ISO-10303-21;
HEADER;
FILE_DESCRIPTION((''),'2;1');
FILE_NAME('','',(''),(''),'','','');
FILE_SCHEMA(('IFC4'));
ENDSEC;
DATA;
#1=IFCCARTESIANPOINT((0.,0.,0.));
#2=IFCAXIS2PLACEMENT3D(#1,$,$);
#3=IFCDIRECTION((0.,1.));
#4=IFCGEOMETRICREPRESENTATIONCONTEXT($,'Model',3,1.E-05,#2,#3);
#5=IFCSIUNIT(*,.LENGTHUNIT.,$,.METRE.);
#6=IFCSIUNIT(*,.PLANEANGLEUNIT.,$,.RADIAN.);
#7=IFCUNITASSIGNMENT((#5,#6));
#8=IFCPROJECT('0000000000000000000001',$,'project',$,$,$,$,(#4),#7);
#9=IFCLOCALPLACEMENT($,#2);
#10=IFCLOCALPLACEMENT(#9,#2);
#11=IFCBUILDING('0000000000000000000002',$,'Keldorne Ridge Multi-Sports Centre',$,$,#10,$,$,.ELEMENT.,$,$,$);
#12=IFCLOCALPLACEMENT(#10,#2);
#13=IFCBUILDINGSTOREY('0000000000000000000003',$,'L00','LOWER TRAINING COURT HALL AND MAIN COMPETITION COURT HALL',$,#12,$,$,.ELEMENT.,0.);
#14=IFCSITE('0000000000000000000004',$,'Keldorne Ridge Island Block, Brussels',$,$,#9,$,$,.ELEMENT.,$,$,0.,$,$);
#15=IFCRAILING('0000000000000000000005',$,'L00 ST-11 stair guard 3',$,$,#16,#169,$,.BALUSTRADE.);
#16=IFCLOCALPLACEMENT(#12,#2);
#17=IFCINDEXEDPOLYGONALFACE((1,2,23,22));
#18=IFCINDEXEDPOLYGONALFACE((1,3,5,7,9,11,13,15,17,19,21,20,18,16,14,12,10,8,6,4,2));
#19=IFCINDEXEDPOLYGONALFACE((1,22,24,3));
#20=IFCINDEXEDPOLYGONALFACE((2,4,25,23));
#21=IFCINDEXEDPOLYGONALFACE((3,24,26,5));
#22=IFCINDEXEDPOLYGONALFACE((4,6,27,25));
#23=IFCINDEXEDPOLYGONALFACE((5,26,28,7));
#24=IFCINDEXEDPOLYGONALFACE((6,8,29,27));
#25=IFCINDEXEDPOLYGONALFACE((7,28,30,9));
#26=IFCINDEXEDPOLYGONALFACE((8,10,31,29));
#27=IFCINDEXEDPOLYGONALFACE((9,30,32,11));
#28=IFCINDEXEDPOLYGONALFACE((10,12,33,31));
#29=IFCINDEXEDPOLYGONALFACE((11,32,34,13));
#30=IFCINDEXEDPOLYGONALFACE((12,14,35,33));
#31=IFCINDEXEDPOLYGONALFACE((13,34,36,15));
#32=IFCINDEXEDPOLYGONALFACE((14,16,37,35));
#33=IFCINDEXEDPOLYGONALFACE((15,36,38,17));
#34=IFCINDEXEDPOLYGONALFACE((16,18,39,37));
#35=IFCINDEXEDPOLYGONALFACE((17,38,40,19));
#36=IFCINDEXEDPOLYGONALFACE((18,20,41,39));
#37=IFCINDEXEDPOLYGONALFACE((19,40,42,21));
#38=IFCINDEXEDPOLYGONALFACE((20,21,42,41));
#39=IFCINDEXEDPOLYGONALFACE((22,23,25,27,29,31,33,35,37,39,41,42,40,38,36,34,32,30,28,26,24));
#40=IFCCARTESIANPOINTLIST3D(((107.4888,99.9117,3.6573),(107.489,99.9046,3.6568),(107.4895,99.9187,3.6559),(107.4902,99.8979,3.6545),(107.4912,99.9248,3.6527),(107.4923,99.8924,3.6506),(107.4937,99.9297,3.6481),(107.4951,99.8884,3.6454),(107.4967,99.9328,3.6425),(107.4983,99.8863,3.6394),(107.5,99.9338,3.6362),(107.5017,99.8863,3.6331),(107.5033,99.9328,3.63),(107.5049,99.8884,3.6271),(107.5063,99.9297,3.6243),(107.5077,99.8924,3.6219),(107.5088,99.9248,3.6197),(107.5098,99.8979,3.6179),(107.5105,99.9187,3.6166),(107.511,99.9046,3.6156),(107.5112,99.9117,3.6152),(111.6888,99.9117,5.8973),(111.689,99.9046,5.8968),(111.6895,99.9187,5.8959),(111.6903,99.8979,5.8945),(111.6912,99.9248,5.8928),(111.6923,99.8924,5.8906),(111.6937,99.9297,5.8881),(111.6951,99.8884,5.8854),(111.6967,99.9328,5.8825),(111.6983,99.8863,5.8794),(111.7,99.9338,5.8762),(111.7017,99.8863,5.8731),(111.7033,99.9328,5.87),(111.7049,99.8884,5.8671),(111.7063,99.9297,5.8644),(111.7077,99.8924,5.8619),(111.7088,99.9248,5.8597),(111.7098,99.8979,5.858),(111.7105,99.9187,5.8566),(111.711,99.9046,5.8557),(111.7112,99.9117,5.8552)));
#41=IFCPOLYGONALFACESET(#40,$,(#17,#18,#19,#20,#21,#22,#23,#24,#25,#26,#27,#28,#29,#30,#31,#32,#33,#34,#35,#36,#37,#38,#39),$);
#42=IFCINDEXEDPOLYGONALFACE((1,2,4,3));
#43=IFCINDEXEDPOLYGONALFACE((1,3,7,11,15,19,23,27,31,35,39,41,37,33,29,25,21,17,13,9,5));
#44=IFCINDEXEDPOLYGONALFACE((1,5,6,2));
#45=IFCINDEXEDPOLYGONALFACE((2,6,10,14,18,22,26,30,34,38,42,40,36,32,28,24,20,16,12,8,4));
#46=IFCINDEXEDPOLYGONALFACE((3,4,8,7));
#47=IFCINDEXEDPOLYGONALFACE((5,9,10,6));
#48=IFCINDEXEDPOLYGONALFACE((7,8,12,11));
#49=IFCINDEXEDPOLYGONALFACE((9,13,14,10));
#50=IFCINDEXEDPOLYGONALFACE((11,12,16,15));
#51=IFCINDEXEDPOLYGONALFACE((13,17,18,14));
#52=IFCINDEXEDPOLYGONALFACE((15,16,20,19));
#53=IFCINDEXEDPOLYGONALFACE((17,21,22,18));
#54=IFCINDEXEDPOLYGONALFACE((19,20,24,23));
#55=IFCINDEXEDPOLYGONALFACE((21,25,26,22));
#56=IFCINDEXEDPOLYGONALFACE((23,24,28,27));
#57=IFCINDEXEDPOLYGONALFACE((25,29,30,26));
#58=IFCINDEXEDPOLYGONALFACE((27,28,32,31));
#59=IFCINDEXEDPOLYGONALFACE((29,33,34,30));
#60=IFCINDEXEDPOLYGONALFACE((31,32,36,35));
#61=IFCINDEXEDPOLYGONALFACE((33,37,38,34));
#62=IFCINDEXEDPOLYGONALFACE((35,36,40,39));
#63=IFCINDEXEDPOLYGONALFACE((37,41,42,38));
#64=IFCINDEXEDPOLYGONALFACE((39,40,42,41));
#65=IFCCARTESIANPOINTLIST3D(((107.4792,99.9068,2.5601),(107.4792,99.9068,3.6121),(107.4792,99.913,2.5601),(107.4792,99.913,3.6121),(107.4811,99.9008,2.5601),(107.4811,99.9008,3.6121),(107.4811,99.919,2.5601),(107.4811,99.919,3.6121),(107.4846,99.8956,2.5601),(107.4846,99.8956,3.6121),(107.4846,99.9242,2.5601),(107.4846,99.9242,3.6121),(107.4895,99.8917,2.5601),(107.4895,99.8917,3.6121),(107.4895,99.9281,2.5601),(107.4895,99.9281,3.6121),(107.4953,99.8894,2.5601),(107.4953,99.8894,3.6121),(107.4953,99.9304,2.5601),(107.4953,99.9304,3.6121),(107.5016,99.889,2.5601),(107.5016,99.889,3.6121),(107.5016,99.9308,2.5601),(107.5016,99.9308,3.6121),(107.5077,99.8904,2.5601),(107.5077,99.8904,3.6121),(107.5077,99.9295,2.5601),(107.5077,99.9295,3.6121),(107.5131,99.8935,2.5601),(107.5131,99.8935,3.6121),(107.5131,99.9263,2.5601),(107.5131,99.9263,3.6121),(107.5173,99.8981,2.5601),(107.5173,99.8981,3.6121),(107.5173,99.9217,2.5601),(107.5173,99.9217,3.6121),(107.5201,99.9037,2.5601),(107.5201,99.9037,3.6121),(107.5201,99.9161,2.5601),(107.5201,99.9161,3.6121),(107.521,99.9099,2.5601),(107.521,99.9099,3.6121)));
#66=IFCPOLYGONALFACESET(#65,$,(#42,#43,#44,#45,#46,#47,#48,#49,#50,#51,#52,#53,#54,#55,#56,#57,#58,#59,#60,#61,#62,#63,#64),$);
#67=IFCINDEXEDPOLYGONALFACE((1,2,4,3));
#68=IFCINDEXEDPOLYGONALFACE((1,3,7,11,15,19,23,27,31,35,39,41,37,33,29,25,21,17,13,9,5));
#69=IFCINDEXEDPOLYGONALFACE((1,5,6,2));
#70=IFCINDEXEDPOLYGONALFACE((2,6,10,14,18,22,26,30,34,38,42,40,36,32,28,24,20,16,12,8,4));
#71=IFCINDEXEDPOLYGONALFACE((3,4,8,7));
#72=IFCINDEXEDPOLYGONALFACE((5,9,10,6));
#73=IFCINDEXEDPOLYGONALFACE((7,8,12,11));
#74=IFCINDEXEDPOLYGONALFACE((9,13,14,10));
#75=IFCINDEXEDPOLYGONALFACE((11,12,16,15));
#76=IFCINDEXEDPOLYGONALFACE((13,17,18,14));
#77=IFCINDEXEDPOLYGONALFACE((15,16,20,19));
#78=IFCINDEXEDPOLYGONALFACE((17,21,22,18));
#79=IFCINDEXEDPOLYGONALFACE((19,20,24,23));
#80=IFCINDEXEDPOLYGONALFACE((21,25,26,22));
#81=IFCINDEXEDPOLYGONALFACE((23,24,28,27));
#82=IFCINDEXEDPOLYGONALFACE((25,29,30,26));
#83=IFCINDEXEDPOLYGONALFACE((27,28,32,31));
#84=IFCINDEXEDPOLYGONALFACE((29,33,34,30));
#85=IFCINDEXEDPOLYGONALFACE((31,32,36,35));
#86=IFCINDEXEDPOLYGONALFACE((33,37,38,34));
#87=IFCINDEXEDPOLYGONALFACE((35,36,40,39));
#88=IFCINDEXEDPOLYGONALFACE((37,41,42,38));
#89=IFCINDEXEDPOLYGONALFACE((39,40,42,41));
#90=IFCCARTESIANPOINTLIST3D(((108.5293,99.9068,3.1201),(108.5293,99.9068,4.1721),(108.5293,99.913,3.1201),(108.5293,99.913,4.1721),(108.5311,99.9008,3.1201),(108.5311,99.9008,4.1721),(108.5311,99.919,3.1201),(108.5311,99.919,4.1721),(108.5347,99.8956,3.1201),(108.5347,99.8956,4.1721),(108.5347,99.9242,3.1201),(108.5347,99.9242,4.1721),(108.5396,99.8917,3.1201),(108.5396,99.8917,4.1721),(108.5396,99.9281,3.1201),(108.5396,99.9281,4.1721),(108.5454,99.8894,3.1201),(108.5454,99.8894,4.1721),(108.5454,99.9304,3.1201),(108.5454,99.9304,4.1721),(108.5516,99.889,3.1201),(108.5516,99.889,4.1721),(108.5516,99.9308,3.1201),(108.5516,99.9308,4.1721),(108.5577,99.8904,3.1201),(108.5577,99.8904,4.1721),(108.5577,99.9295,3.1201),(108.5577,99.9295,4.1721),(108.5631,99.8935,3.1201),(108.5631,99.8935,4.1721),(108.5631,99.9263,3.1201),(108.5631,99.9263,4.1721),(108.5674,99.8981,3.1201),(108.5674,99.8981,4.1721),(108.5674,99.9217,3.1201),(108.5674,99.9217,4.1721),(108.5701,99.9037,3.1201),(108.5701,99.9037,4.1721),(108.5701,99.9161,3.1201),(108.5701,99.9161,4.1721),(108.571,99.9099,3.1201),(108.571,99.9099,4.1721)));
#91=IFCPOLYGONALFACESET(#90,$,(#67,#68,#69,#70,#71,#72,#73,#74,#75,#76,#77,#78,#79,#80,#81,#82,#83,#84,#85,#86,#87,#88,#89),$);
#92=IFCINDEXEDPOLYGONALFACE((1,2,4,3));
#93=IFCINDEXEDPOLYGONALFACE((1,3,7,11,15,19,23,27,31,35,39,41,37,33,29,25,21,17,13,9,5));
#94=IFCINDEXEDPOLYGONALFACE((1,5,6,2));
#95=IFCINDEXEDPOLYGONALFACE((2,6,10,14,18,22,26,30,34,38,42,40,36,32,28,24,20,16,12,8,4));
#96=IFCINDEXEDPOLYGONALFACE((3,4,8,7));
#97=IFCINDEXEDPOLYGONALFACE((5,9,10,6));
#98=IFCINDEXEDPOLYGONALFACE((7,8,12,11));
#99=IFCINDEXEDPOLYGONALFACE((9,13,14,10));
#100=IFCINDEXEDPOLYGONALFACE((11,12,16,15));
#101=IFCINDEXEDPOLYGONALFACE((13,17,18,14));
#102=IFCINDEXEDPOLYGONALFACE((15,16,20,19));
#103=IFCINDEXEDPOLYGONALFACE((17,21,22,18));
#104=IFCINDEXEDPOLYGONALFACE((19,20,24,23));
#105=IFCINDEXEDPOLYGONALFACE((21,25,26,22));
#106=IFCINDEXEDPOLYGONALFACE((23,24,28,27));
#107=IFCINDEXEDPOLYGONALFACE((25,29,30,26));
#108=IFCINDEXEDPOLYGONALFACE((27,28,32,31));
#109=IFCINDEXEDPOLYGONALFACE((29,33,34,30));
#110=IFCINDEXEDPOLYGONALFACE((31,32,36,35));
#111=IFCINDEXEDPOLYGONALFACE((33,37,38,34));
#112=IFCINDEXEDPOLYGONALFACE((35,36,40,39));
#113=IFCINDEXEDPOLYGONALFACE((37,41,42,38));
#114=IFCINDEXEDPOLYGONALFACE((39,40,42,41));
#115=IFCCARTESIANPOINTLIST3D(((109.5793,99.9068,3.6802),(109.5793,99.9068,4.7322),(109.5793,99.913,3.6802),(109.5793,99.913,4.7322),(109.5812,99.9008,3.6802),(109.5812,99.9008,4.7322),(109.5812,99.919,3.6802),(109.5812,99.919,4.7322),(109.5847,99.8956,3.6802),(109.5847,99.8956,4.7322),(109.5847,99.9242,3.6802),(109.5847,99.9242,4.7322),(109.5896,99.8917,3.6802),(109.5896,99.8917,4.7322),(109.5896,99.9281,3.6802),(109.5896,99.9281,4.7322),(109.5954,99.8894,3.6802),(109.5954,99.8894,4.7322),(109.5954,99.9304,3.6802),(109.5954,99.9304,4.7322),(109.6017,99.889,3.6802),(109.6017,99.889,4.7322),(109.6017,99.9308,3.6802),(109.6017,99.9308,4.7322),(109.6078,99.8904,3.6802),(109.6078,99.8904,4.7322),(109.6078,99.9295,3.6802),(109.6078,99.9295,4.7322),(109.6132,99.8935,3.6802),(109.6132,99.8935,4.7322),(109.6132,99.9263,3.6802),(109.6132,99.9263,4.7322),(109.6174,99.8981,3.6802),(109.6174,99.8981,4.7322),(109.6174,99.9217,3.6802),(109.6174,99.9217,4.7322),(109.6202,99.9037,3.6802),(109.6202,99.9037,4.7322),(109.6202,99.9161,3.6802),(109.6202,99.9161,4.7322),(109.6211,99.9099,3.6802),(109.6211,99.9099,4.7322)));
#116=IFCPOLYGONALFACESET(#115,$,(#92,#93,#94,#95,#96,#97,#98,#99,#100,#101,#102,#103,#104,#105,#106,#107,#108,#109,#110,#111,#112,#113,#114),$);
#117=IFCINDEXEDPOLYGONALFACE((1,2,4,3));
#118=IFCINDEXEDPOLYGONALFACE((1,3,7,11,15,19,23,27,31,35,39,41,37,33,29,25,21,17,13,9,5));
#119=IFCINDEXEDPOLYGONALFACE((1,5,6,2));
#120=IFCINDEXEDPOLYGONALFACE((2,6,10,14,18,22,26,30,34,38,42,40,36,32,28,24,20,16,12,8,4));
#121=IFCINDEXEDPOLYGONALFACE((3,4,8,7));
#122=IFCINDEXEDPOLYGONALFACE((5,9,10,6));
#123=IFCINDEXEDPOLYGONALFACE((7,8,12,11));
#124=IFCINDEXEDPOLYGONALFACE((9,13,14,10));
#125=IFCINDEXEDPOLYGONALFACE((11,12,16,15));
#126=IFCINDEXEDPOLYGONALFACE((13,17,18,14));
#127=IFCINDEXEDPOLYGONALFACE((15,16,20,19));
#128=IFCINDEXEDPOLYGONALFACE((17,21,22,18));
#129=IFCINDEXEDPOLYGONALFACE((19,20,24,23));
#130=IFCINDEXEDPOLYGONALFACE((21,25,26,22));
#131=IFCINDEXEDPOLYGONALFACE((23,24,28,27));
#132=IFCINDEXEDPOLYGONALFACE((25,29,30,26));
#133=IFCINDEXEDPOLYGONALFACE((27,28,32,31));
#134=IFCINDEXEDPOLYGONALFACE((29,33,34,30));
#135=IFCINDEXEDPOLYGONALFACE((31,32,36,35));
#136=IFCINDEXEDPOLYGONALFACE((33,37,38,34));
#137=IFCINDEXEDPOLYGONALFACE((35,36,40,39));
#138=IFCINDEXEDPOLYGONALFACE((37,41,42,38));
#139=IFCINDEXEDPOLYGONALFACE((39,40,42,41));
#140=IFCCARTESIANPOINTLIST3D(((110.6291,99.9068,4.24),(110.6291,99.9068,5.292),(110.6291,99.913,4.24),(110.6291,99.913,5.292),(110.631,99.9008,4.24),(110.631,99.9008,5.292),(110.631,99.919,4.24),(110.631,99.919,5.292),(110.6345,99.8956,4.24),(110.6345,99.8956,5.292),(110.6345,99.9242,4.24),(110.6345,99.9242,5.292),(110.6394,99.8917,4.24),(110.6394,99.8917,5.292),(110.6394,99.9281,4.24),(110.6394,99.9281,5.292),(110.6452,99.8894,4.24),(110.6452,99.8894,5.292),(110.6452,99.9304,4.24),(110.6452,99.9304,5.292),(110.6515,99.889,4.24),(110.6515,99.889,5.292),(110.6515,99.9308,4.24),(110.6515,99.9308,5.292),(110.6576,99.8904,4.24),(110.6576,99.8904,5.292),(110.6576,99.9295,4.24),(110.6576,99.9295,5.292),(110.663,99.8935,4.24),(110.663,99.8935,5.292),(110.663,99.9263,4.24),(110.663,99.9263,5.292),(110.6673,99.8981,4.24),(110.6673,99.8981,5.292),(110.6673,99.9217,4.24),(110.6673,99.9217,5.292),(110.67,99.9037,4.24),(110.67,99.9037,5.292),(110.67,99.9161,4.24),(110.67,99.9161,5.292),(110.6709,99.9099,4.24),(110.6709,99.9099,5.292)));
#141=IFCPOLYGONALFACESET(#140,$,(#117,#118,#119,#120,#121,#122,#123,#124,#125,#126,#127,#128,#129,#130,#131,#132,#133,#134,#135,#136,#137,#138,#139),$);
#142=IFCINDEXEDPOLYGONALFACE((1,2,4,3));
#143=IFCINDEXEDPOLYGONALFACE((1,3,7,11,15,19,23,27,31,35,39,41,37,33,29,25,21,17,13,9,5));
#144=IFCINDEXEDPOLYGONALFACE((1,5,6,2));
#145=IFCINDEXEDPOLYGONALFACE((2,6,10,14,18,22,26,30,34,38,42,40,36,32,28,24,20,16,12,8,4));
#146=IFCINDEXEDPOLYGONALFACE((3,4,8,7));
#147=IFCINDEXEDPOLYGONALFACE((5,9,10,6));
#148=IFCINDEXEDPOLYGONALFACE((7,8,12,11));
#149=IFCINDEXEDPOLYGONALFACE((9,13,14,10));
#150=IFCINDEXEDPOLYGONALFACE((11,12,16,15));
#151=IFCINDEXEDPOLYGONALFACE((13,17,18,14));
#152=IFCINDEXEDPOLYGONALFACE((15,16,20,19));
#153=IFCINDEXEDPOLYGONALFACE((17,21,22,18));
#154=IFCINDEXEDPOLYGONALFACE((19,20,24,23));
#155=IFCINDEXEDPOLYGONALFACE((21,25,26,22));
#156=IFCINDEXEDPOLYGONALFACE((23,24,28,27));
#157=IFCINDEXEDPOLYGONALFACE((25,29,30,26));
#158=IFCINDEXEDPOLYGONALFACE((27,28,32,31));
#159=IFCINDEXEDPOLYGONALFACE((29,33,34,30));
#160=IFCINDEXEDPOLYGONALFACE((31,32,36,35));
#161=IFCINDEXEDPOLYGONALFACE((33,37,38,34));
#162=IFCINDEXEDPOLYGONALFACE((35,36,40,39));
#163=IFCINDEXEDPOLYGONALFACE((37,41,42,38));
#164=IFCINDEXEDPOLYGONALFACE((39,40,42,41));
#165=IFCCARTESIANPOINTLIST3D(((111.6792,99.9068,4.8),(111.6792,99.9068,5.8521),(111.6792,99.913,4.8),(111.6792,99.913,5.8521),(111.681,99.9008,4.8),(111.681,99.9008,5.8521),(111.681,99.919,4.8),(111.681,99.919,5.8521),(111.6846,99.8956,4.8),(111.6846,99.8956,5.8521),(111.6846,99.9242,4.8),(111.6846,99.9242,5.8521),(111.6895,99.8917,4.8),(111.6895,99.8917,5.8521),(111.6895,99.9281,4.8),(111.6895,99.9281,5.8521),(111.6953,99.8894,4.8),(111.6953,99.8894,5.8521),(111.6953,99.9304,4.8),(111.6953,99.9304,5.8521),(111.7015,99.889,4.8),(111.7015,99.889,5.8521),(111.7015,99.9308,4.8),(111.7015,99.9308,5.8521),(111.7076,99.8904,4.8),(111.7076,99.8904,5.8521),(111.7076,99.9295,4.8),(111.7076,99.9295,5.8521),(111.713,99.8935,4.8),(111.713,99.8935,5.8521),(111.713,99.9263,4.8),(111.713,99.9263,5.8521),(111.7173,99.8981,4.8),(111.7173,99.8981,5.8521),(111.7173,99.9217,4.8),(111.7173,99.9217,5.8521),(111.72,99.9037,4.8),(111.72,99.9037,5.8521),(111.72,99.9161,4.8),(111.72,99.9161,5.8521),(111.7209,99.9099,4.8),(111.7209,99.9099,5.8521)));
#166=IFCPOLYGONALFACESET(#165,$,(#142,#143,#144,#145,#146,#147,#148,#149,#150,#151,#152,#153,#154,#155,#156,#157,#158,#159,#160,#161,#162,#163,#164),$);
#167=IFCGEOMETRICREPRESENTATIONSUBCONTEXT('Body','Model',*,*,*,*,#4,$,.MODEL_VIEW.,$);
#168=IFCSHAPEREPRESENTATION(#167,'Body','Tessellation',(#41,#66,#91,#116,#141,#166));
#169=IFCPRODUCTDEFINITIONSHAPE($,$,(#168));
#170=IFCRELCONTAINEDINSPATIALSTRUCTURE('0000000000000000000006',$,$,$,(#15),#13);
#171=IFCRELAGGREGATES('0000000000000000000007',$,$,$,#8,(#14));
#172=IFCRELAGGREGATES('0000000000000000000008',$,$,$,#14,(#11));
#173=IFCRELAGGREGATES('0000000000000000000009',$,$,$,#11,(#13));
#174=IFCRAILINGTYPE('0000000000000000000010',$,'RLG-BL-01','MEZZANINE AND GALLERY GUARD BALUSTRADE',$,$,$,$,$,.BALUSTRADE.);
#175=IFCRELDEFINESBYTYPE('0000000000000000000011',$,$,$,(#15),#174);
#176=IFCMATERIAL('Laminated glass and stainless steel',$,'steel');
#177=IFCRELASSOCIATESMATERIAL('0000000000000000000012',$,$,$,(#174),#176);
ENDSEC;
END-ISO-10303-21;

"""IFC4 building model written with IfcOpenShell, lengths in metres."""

from ifc_helpers import new_model, si_unit, direction, frame, origin, origin_2d, place, context, subcontext, project, spatial, circle, extrude, material, type_object, element, save


model = new_model("IFC4")

# Units and contexts
model_context = context("Model", 3, precision=1e-05, world=origin(), true_north=direction((0.0, 1.0)))
body_context = subcontext(model_context, "Body", "Model", "MODEL_VIEW")
ifc_project = project(units=[si_unit("LENGTHUNIT", "METRE"), si_unit("PLANEANGLEUNIT", "RADIAN")], contexts=[model_context])

# Site, building, storey
site_placement = place(None, origin())
site = spatial("IfcSite", under=ifc_project, at=site_placement, Name="Keldorne Ridge Island Block, Brussels", CompositionType="ELEMENT", RefElevation=0.0)
building_placement = place(site_placement, origin())
building = spatial("IfcBuilding", under=site, at=building_placement, Name="Keldorne Ridge Multi-Sports Centre", CompositionType="ELEMENT")
storey_placement = place(building_placement, origin())
storey = spatial("IfcBuildingStorey", under=building, at=storey_placement, Name="L00", Description="LOWER TRAINING COURT HALL AND MAIN COMPETITION COURT HALL", CompositionType="ELEMENT", Elevation=0.0)

# Railing
ifc_material_1 = material(Name="Laminated glass and stainless steel", Category="steel")
railing_type_1 = type_object("IfcRailingType", Name="RLG-BL-01", Description="MEZZANINE AND GALLERY GUARD BALUSTRADE", PredefinedType="BALUSTRADE", material=ifc_material_1)
railing_1_placement = place(storey_placement, frame((107.5, 99.9099, 2.5601)))
element("IfcRailing", 1, at=railing_1_placement, inside=storey, type_object=railing_type_1, Name="L00 ST-11 stair guard 3", PredefinedType="BALUSTRADE", context=body_context, shape_type="SweptSolid", body=[
    extrude(circle(Radius=0.0239, at=origin_2d()), frame((0.0, 0.0, 1.0762), z_axis=(0.882352, 0.0, 0.470591), x_axis=(0.0, 1.0, 0.0)), (0.0, 0.0, 1.0), 4.76),
    extrude(circle(Radius=0.021, at=origin_2d()), origin(), (0.0, 0.0, 1.0), 1.052),
    extrude(circle(Radius=0.021, at=origin_2d()), frame((1.05, 0.0, 0.5601)), (0.0, 0.0, 1.0), 1.052),
    extrude(circle(Radius=0.021, at=origin_2d()), frame((2.1001, 0.0, 1.1201)), (0.0, 0.0, 1.0), 1.052),
    extrude(circle(Radius=0.021, at=origin_2d()), frame((3.1499, 0.0, 1.6799)), (0.0, 0.0, 1.0), 1.052),
    extrude(circle(Radius=0.021, at=origin_2d()), frame((4.2, 0.0, 2.24)), (0.0, 0.0, 1.0), 1.052),
])

save(model, "model.ifc")
